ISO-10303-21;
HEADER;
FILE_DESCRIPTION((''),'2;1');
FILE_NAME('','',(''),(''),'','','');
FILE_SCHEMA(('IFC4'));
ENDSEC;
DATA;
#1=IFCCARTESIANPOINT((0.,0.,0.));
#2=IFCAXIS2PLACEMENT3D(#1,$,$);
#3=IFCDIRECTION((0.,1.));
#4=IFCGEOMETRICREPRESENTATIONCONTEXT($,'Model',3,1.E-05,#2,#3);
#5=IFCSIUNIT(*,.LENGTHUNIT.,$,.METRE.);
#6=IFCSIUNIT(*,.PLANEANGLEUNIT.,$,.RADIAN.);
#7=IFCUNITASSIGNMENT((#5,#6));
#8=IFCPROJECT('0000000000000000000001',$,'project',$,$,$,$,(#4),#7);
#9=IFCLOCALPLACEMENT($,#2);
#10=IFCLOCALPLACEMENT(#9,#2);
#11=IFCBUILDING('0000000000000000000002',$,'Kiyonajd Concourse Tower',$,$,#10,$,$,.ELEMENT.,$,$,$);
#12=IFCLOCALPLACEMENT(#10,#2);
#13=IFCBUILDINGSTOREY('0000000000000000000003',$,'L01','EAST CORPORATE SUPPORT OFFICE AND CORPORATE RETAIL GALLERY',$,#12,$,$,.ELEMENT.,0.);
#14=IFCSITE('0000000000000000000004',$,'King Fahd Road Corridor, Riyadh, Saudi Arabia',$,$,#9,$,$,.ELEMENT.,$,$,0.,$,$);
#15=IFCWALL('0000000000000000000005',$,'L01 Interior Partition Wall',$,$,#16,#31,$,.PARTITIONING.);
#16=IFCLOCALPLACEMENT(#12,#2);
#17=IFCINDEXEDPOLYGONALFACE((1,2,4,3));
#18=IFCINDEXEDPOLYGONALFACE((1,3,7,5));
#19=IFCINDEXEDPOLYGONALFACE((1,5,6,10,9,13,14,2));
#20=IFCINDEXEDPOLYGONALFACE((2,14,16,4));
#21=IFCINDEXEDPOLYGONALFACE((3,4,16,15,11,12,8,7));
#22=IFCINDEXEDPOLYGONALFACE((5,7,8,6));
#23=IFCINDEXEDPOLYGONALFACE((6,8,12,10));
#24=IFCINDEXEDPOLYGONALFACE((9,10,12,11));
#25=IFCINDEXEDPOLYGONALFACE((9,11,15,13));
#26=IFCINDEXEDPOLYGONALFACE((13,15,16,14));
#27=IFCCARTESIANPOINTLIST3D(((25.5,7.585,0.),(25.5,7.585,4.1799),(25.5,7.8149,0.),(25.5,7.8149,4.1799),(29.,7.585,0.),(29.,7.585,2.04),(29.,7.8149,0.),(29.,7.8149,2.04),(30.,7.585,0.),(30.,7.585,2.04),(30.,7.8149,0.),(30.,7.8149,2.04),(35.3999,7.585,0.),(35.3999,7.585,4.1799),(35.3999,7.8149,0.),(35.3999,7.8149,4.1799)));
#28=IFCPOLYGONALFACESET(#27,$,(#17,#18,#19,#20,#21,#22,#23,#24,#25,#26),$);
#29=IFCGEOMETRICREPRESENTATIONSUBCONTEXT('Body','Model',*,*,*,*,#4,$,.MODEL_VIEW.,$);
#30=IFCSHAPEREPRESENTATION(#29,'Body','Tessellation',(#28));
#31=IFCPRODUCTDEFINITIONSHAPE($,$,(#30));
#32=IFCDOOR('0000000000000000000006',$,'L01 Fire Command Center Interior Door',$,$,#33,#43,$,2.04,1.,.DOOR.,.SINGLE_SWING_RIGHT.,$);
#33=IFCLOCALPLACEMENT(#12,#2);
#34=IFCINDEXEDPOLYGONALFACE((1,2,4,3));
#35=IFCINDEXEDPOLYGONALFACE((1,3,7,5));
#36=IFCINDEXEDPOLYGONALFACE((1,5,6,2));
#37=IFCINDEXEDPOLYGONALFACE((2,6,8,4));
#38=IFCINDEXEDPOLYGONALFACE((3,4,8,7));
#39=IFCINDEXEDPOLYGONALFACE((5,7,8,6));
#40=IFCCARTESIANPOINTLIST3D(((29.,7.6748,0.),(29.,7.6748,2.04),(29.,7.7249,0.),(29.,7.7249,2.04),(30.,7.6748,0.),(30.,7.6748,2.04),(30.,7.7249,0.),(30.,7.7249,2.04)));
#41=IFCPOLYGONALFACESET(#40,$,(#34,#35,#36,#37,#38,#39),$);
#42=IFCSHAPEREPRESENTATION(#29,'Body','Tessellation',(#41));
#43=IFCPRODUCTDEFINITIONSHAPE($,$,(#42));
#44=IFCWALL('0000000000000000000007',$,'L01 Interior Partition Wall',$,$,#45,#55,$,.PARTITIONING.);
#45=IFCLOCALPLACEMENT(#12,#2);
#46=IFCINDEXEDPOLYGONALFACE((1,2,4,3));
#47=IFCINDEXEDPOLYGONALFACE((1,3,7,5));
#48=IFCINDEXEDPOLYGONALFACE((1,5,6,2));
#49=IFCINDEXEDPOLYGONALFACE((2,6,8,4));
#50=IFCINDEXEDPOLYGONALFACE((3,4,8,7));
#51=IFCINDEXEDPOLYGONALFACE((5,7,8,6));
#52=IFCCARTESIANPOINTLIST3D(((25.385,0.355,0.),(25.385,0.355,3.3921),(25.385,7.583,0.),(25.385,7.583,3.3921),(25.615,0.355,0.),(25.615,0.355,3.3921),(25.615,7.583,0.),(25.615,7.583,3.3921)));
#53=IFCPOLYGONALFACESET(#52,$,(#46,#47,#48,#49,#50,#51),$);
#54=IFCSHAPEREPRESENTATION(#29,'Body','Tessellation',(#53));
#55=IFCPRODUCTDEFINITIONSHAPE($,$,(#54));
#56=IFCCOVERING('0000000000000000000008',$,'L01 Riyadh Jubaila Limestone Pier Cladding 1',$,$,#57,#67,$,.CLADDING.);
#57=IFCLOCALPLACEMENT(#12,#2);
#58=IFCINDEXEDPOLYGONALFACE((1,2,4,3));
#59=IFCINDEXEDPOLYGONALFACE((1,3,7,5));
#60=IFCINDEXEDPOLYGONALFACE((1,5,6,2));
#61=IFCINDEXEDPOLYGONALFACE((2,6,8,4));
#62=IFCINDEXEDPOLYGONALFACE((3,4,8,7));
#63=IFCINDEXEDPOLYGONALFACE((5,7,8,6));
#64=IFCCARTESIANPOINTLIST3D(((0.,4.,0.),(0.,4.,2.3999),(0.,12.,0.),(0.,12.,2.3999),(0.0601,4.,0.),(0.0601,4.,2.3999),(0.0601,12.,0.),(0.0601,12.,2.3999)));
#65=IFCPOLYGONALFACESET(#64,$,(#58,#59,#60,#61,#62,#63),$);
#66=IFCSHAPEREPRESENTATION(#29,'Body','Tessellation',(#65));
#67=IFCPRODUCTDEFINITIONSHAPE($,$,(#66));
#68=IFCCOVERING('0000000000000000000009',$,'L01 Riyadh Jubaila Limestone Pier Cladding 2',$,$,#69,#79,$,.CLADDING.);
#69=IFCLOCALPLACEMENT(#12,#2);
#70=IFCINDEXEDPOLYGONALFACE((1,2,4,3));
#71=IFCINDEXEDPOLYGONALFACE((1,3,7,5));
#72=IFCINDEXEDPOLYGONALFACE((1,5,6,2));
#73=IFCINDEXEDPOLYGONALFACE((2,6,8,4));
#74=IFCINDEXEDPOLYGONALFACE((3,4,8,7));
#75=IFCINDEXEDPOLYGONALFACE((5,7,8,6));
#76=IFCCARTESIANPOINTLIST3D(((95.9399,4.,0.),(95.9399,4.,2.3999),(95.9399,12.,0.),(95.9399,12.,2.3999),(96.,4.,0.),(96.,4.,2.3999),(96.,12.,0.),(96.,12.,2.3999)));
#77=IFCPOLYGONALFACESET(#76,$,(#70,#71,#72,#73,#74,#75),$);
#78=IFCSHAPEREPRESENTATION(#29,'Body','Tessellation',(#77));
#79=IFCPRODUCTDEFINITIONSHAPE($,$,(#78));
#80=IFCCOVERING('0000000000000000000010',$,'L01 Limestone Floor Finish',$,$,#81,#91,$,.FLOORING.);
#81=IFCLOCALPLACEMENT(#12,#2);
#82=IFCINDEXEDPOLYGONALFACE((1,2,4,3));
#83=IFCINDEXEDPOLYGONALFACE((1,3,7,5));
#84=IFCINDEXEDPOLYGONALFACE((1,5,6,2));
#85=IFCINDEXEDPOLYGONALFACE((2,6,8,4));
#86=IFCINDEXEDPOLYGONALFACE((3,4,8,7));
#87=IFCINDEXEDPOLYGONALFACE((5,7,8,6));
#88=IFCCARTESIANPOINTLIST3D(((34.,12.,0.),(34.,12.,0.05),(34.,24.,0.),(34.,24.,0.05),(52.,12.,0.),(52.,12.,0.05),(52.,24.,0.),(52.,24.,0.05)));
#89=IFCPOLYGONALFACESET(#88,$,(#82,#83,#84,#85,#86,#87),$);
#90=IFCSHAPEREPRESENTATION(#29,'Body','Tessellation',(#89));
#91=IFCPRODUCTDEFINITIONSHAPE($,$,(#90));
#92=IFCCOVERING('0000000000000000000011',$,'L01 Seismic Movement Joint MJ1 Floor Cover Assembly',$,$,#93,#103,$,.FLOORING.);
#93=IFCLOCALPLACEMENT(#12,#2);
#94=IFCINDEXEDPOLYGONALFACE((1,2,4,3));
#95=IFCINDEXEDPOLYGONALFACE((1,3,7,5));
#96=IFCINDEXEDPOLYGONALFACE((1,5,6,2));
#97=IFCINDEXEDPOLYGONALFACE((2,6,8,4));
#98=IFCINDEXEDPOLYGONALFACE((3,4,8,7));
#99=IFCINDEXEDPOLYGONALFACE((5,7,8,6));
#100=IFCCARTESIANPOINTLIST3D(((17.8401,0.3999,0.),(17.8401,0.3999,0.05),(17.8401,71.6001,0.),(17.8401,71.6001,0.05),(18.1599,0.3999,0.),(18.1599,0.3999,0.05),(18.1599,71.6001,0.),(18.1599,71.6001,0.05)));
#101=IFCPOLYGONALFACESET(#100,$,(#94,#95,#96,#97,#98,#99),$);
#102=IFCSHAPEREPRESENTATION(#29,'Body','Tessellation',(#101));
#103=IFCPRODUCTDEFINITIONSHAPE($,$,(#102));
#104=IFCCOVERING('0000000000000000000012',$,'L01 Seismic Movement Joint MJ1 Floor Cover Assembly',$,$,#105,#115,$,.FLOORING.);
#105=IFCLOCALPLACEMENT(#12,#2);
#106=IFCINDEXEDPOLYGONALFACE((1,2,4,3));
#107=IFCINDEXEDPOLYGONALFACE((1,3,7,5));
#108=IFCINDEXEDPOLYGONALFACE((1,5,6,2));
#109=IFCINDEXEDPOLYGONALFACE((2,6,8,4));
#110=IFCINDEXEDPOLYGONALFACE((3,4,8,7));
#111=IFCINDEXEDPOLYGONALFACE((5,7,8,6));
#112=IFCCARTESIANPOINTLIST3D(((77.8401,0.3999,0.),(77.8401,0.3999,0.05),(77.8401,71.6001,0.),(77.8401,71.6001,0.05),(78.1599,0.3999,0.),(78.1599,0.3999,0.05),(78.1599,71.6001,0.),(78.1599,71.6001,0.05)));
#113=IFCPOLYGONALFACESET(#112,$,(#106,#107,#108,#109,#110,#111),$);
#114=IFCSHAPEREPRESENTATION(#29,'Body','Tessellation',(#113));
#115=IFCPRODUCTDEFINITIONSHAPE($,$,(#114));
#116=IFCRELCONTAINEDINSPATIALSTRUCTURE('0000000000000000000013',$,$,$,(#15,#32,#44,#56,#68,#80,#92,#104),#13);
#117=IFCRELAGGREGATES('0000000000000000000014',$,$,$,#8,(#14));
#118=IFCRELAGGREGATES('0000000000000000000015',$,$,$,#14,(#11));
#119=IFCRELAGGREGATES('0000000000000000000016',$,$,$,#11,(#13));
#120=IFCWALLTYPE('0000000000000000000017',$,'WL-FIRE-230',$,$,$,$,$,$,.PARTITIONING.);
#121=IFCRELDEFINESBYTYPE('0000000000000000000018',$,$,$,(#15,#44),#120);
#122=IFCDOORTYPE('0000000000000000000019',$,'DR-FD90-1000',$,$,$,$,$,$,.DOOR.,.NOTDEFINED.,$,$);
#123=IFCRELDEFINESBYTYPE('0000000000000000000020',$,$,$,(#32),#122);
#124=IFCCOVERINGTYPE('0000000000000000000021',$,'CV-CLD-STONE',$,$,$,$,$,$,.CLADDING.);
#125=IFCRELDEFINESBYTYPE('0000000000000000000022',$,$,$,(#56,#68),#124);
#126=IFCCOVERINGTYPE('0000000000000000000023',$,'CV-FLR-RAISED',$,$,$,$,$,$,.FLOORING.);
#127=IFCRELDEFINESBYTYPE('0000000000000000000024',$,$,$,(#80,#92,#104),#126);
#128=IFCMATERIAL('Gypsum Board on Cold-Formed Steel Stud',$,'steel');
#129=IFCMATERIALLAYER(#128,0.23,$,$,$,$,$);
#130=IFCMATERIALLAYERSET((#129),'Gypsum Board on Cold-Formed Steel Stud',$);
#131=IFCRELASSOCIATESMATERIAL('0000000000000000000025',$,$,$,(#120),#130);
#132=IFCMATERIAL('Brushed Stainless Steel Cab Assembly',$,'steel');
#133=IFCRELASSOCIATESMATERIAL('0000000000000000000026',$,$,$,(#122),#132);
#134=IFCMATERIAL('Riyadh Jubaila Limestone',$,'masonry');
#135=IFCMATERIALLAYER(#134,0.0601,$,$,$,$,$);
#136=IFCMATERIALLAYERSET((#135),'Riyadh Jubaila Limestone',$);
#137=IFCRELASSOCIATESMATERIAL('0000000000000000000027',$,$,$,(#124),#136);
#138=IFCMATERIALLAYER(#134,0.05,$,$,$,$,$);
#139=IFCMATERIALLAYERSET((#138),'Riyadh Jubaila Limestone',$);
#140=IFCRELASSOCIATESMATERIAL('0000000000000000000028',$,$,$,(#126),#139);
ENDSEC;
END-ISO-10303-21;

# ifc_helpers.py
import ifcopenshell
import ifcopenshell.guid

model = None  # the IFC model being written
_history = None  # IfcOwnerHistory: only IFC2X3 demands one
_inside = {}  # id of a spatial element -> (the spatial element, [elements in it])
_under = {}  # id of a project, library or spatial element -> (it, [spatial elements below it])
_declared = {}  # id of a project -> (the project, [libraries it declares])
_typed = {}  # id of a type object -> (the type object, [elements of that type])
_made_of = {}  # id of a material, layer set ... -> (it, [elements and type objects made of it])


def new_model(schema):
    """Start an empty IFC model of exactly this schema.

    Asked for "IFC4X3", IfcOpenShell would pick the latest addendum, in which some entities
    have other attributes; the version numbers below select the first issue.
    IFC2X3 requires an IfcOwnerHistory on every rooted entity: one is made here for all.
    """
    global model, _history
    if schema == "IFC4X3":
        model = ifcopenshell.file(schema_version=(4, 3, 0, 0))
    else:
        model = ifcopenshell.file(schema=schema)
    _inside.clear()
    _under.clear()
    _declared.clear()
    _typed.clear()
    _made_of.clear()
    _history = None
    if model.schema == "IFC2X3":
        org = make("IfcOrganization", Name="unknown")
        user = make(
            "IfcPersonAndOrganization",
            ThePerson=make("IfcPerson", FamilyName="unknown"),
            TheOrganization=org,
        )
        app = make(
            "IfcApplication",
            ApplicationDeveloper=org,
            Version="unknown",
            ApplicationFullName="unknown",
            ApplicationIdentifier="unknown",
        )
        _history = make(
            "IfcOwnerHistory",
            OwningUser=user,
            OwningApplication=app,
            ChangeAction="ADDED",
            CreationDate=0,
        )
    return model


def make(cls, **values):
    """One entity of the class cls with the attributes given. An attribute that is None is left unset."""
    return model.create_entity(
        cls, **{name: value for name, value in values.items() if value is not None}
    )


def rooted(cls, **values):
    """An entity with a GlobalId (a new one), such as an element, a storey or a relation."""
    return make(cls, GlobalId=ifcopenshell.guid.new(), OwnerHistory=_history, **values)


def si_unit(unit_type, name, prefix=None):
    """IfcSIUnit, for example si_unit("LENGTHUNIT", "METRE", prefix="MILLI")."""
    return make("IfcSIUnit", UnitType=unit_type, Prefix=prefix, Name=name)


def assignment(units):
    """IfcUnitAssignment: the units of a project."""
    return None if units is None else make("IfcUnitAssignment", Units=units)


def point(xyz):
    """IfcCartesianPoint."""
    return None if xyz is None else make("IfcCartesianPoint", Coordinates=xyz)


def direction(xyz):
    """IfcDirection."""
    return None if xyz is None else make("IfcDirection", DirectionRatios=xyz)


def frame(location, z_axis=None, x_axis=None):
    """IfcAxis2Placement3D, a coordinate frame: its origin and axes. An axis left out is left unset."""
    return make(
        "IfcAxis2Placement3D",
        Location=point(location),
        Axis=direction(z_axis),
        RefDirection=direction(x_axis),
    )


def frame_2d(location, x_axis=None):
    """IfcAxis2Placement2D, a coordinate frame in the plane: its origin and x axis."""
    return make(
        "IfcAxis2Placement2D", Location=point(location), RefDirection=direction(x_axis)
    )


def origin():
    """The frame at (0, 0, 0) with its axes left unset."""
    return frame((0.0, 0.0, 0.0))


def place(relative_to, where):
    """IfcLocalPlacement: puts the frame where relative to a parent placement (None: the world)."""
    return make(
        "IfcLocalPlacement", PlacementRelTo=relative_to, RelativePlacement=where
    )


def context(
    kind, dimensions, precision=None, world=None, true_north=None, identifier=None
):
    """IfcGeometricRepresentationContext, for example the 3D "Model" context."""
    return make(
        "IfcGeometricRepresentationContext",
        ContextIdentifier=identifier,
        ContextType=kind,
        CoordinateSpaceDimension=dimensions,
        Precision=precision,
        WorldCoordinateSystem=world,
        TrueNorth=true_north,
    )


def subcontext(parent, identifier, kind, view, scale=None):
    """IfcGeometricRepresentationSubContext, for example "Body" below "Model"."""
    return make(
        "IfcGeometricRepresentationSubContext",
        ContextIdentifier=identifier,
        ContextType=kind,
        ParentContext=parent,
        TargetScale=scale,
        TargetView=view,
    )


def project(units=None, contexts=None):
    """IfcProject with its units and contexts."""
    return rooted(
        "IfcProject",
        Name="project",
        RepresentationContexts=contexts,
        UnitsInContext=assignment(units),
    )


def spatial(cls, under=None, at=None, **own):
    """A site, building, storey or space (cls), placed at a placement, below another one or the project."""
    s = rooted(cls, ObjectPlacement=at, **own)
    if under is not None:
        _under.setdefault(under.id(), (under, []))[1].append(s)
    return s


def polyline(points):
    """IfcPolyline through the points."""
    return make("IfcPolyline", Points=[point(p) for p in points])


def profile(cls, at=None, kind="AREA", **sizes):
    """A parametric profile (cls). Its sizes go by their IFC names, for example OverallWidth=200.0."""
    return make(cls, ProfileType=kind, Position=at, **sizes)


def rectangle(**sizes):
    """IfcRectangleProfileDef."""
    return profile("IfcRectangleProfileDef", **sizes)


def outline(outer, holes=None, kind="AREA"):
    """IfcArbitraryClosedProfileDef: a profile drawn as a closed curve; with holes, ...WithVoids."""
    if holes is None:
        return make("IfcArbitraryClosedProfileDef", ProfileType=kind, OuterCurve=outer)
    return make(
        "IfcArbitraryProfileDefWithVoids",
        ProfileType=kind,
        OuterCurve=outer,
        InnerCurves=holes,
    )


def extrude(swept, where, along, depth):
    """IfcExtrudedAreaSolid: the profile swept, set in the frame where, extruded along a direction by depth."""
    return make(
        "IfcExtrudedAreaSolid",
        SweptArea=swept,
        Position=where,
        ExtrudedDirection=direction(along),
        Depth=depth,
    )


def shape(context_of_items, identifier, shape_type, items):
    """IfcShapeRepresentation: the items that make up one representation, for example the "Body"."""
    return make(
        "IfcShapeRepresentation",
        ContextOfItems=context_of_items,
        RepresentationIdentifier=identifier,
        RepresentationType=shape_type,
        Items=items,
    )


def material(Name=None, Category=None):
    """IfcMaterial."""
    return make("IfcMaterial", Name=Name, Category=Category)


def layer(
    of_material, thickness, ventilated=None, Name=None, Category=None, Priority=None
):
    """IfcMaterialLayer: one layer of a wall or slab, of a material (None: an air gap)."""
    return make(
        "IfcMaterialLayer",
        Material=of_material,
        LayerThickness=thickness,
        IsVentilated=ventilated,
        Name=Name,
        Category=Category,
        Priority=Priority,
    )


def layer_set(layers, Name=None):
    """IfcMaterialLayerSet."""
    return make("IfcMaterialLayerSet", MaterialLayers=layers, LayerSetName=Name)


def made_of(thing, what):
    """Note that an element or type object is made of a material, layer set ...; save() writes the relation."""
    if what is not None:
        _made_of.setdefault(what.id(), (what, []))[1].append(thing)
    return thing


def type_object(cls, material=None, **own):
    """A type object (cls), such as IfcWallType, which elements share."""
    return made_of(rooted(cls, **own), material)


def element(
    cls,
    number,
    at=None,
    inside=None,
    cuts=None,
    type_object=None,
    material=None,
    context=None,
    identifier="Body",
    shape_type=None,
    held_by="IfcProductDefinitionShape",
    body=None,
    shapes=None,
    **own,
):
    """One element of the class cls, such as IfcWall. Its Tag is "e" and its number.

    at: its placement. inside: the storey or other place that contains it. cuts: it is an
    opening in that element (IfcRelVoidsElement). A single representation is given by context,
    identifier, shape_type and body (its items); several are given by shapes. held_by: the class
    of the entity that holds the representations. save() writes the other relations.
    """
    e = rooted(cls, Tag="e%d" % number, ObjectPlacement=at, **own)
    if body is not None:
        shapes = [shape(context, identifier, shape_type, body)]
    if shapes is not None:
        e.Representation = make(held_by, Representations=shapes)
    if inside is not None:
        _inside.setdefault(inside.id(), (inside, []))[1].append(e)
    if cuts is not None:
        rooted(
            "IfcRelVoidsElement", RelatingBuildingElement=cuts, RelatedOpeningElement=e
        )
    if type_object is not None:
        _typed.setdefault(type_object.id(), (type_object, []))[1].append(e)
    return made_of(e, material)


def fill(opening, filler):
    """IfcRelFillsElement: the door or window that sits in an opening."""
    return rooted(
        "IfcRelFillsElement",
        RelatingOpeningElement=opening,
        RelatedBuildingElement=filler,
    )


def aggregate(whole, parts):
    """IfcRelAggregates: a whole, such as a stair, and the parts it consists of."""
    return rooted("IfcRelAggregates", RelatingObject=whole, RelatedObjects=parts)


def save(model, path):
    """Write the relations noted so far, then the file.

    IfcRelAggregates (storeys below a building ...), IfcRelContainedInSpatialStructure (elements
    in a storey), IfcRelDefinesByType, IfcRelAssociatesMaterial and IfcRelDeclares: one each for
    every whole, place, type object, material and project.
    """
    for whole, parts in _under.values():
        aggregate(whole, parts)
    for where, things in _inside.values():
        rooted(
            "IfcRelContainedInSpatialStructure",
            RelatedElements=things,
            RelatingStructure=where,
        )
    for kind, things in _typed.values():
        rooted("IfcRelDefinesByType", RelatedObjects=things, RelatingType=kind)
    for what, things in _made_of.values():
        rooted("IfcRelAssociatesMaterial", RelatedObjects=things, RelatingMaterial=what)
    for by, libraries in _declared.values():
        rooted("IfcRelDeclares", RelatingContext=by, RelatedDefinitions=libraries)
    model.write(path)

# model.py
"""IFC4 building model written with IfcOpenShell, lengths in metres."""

from ifc_helpers import new_model, si_unit, direction, frame, frame_2d, origin, place, context, subcontext, project, spatial, polyline, rectangle, outline, extrude, material, layer, layer_set, type_object, element, fill, save


model = new_model("IFC4")

# Units and contexts
model_context = context("Model", 3, precision=1e-05, world=origin(), true_north=direction((0.0, 1.0)))
body_context = subcontext(model_context, "Body", "Model", "MODEL_VIEW")
ifc_project = project(units=[si_unit("LENGTHUNIT", "METRE"), si_unit("PLANEANGLEUNIT", "RADIAN")], contexts=[model_context])

# Site, building, storey
site_placement = place(None, origin())
site = spatial("IfcSite", under=ifc_project, at=site_placement, Name="King Fahd Road Corridor, Riyadh, Saudi Arabia", CompositionType="ELEMENT", RefElevation=0.0)
building_placement = place(site_placement, origin())
building = spatial("IfcBuilding", under=site, at=building_placement, Name="Kiyonajd Concourse Tower", CompositionType="ELEMENT")
storey_placement = place(building_placement, origin())
storey = spatial("IfcBuildingStorey", under=building, at=storey_placement, Name="L01", Description="EAST CORPORATE SUPPORT OFFICE AND CORPORATE RETAIL GALLERY", CompositionType="ELEMENT", Elevation=0.0)

# Wall, opening, door
ifc_material_1 = material(Name="Gypsum Board on Cold-Formed Steel Stud", Category="steel")
ifc_layer_1 = layer(ifc_material_1, 0.23)
ifc_layer_set_1 = layer_set([ifc_layer_1], Name="Gypsum Board on Cold-Formed Steel Stud")
wall_type_1 = type_object("IfcWallType", Name="WL-FIRE-230", PredefinedType="PARTITIONING", material=ifc_layer_set_1)
wall_1_placement = place(storey_placement, frame((25.5, 7.7, 0.0), z_axis=(0.0, 0.0, 1.0), x_axis=(1.0, 0.0, 0.0)))
wall_1 = element("IfcWall", 1, at=wall_1_placement, inside=storey, type_object=wall_type_1, Name="L01 Interior Partition Wall", PredefinedType="PARTITIONING", context=body_context, shape_type="SweptSolid", body=[
    extrude(rectangle(XDim=9.8999, YDim=0.23, at=frame_2d((4.95, 0.0))), origin(), (0.0, 0.0, 1.0), 4.1799),
])
opening_1_placement = place(wall_1_placement, frame((3.5, 0.0, 0.0)))
opening_1 = element("IfcOpeningElement", 2, at=opening_1_placement, cuts=wall_1, PredefinedType="OPENING", context=body_context, shape_type="SweptSolid", body=[
    extrude(rectangle(XDim=1.0, YDim=2.04, at=frame_2d((0.5, 1.02))), frame((0.0, 0.125, 0.0), z_axis=(0.0, -1.0, 0.0), x_axis=(1.0, 0.0, 0.0)), (0.0, 0.0, 1.0), 0.25),
])
ifc_material_2 = material(Name="Brushed Stainless Steel Cab Assembly", Category="steel")
door_type_1 = type_object("IfcDoorType", Name="DR-FD90-1000", OperationType="NOTDEFINED", PredefinedType="DOOR", material=ifc_material_2)
door_1_placement = place(opening_1_placement, origin())
door_1 = element("IfcDoor", 3, at=door_1_placement, inside=storey, type_object=door_type_1, Name="L01 Fire Command Center Interior Door", OperationType="SINGLE_SWING_RIGHT", OverallHeight=2.04, OverallWidth=1.0, PredefinedType="DOOR", context=body_context, shape_type="SweptSolid", body=[
    extrude(rectangle(XDim=1.0, YDim=2.04, at=frame_2d((0.5, 1.02))), frame((0.0, 0.0249, 0.0), z_axis=(0.0, -1.0, 0.0), x_axis=(1.0, 0.0, 0.0)), (0.0, 0.0, 1.0), 0.05),
])
fill(opening_1, door_1)

# Wall
wall_2_placement = place(storey_placement, frame((25.5, 0.355, 0.0), z_axis=(0.0, 0.0, 1.0), x_axis=(0.0, 1.0, 0.0)))
element("IfcWall", 4, at=wall_2_placement, inside=storey, type_object=wall_type_1, Name="L01 Interior Partition Wall", PredefinedType="PARTITIONING", context=body_context, shape_type="SweptSolid", body=[
    extrude(rectangle(XDim=7.228, YDim=0.23, at=frame_2d((3.614, 0.0))), origin(), (0.0, 0.0, 1.0), 3.3921),
])

# Coverings
ifc_material_3 = material(Name="Riyadh Jubaila Limestone", Category="masonry")
ifc_layer_2 = layer(ifc_material_3, 0.0601)
ifc_layer_set_2 = layer_set([ifc_layer_2], Name="Riyadh Jubaila Limestone")
covering_type_1 = type_object("IfcCoveringType", Name="CV-CLD-STONE", PredefinedType="CLADDING", material=ifc_layer_set_2)
covering_1_placement = place(storey_placement, origin())
element("IfcCovering", 5, at=covering_1_placement, inside=storey, type_object=covering_type_1, Name="L01 Riyadh Jubaila Limestone Pier Cladding 1", PredefinedType="CLADDING", context=body_context, shape_type="SweptSolid", body=[
    extrude(outline(polyline([(0.0, 4.0), (0.0601, 4.0), (0.0601, 12.0), (0.0, 12.0), (0.0, 4.0)])), origin(), (0.0, 0.0, 1.0), 2.3999),
])
covering_2_placement = place(storey_placement, origin())
element("IfcCovering", 6, at=covering_2_placement, inside=storey, type_object=covering_type_1, Name="L01 Riyadh Jubaila Limestone Pier Cladding 2", PredefinedType="CLADDING", context=body_context, shape_type="SweptSolid", body=[
    extrude(outline(polyline([(95.9399, 4.0), (96.0, 4.0), (96.0, 12.0), (95.9399, 12.0), (95.9399, 4.0)])), origin(), (0.0, 0.0, 1.0), 2.3999),
])
ifc_layer_3 = layer(ifc_material_3, 0.05)
ifc_layer_set_3 = layer_set([ifc_layer_3], Name="Riyadh Jubaila Limestone")
covering_type_2 = type_object("IfcCoveringType", Name="CV-FLR-RAISED", PredefinedType="FLOORING", material=ifc_layer_set_3)
covering_3_placement = place(storey_placement, origin())
element("IfcCovering", 7, at=covering_3_placement, inside=storey, type_object=covering_type_2, Name="L01 Limestone Floor Finish", PredefinedType="FLOORING", context=body_context, shape_type="SweptSolid", body=[
    extrude(outline(polyline([(34.0, 12.0), (52.0, 12.0), (52.0, 24.0), (34.0, 24.0), (34.0, 12.0)])), origin(), (0.0, 0.0, 1.0), 0.05),
])
covering_4_placement = place(storey_placement, origin())
element("IfcCovering", 8, at=covering_4_placement, inside=storey, type_object=covering_type_2, Name="L01 Seismic Movement Joint MJ1 Floor Cover Assembly", PredefinedType="FLOORING", context=body_context, shape_type="SweptSolid", body=[
    extrude(outline(polyline([(17.8401, 0.3999), (18.1599, 0.3999), (18.1599, 71.6001), (17.8401, 71.6001), (17.8401, 0.3999)])), origin(), (0.0, 0.0, 1.0), 0.05),
])
covering_5_placement = place(storey_placement, origin())
element("IfcCovering", 9, at=covering_5_placement, inside=storey, type_object=covering_type_2, Name="L01 Seismic Movement Joint MJ1 Floor Cover Assembly", PredefinedType="FLOORING", context=body_context, shape_type="SweptSolid", body=[
    extrude(outline(polyline([(77.8401, 0.3999), (78.1599, 0.3999), (78.1599, 71.6001), (77.8401, 71.6001), (77.8401, 0.3999)])), origin(), (0.0, 0.0, 1.0), 0.05),
])

save(model, "model.ifc")
